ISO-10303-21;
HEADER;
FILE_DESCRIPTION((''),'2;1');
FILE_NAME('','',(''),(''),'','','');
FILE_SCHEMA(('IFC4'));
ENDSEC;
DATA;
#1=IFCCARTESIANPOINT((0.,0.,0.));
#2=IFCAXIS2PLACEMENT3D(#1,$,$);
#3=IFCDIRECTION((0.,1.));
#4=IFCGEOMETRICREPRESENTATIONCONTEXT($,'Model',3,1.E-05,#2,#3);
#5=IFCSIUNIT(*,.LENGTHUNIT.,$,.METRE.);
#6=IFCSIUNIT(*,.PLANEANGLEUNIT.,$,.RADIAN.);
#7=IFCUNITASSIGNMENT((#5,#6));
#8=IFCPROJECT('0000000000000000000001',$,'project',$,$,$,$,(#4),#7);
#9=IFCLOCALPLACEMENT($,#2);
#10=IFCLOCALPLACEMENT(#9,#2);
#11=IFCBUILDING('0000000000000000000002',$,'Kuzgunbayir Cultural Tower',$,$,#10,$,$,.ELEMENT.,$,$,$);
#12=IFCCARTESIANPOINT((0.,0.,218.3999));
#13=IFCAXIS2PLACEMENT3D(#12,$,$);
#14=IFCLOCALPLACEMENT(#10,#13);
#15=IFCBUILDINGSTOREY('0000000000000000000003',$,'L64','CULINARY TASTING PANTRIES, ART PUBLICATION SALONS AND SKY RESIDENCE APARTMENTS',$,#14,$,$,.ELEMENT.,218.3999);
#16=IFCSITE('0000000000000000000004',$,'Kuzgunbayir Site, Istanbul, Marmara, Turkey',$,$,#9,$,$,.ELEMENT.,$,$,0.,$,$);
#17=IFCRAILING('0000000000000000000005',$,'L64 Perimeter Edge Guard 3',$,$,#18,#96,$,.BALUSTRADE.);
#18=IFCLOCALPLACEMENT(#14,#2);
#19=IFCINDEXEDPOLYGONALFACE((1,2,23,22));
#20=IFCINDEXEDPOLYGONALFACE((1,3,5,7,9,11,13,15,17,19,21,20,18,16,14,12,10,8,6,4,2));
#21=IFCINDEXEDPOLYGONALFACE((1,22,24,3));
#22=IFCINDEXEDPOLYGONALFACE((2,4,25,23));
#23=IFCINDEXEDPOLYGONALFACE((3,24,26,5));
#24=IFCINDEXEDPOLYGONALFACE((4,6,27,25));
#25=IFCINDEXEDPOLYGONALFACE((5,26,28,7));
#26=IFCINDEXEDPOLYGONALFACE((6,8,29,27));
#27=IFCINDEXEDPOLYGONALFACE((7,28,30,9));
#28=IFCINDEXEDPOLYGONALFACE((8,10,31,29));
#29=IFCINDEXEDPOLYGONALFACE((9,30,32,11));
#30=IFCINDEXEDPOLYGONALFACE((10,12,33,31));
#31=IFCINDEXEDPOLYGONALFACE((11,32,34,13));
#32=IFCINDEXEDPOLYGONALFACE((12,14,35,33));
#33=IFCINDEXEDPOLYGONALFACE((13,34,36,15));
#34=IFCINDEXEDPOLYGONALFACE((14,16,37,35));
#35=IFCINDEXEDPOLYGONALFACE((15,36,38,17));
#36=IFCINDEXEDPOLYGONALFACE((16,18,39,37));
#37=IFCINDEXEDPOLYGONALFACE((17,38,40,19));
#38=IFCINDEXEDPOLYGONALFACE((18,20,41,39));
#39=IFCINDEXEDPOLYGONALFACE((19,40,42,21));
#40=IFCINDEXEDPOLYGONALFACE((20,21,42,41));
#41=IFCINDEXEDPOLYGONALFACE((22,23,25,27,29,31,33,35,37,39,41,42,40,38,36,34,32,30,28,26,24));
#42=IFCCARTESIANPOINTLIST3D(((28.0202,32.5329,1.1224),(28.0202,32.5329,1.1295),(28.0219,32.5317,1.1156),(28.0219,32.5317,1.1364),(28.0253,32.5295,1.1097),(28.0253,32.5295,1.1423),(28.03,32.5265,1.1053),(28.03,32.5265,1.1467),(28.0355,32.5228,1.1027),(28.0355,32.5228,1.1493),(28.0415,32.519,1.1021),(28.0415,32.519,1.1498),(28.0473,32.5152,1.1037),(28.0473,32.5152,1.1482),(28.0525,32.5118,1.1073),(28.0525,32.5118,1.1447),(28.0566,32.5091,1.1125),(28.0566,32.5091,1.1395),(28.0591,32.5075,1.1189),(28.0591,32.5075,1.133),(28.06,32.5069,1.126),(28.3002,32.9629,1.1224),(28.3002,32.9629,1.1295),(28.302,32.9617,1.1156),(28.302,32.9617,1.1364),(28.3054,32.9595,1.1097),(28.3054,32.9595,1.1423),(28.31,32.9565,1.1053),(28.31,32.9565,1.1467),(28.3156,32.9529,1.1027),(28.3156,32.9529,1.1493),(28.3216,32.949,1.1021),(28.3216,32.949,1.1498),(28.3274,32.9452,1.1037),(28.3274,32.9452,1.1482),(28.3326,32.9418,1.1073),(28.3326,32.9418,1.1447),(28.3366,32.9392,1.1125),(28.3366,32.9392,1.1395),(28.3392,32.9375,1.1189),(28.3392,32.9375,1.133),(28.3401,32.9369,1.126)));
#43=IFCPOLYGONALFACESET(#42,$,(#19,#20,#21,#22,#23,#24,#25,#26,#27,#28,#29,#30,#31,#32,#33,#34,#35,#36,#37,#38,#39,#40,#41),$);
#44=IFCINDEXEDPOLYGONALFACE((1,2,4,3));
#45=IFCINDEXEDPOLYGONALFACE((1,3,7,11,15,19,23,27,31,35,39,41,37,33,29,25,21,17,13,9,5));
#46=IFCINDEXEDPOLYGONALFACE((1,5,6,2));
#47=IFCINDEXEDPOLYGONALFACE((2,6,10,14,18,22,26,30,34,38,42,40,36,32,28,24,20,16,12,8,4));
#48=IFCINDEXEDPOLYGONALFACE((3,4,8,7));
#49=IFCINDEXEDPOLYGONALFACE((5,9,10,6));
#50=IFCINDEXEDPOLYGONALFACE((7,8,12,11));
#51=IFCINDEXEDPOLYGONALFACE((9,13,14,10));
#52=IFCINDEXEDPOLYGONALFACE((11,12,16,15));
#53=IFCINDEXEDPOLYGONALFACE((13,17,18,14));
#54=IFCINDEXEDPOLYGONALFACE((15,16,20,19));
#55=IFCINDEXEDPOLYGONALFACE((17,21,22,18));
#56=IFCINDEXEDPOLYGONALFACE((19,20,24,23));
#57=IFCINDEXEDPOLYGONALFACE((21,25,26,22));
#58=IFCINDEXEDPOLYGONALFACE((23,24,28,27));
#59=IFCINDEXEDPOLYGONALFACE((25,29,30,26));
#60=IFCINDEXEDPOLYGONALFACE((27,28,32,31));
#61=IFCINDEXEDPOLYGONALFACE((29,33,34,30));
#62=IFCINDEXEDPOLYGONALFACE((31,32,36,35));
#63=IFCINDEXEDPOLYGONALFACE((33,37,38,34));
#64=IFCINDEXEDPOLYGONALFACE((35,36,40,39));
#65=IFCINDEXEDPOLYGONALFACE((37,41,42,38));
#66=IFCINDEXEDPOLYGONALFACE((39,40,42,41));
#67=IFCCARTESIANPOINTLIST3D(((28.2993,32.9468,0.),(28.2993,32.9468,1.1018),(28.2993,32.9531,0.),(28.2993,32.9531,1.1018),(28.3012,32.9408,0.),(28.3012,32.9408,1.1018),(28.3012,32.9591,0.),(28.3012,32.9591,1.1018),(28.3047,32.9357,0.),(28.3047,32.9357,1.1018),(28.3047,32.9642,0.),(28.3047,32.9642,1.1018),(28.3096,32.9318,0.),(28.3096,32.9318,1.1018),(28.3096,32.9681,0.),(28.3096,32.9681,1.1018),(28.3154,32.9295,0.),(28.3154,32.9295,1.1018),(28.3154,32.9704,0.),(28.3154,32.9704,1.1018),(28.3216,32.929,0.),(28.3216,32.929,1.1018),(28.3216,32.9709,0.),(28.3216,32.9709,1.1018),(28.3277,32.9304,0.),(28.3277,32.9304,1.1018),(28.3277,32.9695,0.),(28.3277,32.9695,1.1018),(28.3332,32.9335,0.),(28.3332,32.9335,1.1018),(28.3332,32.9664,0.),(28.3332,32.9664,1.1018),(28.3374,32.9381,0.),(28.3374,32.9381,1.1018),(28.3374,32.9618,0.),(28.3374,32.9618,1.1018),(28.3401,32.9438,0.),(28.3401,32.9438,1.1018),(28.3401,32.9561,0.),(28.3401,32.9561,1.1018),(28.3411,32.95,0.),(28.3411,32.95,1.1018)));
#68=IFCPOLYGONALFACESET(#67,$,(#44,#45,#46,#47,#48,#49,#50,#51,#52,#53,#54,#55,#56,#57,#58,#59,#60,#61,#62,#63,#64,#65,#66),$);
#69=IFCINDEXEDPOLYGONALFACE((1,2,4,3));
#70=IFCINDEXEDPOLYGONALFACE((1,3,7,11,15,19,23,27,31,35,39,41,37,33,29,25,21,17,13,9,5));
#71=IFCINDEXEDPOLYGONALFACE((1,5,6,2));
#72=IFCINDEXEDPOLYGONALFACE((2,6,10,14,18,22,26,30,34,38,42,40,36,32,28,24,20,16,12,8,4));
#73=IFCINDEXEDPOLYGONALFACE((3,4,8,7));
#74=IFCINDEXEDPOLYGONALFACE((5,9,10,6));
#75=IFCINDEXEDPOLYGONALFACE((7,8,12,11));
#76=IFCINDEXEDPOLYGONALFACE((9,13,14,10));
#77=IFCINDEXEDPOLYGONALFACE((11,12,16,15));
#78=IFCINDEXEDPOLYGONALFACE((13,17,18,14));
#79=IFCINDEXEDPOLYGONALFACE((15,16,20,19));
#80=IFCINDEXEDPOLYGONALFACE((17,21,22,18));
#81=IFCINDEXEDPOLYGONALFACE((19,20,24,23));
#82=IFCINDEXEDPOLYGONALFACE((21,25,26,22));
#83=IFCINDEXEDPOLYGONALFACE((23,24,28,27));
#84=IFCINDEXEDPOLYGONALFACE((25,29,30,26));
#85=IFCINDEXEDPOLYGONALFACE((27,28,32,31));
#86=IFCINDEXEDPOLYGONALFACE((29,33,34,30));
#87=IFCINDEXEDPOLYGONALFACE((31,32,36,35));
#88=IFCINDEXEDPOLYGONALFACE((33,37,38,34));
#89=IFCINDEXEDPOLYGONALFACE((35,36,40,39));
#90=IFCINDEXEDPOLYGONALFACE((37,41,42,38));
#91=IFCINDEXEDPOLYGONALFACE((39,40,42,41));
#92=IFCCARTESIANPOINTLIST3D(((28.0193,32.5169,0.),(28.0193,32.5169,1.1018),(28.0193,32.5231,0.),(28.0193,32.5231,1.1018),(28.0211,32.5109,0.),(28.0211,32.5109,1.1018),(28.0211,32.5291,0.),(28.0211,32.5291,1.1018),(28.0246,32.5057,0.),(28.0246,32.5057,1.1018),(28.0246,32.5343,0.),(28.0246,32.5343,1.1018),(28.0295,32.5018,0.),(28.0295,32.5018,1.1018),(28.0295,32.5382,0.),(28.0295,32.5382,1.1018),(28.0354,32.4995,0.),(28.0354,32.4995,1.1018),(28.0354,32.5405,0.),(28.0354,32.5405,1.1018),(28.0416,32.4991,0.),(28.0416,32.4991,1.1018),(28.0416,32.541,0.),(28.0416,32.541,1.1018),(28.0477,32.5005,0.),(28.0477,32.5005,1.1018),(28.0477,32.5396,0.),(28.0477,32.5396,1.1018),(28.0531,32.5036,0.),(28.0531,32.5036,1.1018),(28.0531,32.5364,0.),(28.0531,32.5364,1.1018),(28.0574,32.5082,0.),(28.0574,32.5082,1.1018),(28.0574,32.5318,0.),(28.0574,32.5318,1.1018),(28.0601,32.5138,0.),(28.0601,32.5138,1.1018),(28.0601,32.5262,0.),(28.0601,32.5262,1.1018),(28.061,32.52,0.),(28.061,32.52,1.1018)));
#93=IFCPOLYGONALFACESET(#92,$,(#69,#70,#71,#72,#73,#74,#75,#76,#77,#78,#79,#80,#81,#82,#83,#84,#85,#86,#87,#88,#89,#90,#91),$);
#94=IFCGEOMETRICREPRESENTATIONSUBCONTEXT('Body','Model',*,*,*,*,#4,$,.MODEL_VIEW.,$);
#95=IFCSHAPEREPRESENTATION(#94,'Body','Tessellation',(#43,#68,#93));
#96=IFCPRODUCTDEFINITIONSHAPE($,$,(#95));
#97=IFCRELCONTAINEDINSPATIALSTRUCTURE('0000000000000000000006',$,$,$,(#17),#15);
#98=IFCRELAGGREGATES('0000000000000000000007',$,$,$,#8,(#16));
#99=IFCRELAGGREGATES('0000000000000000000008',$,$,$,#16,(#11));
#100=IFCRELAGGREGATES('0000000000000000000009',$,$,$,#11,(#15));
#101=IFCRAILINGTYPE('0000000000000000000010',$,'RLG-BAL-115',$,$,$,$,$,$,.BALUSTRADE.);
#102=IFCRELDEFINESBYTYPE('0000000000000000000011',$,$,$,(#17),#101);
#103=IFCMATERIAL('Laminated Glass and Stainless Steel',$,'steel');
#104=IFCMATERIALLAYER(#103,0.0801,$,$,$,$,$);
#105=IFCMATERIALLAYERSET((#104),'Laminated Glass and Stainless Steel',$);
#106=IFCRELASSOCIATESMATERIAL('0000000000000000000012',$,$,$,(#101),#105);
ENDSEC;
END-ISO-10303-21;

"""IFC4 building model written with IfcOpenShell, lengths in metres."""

from ifc_helpers import new_model, si_unit, direction, frame, origin, origin_2d, place, context, subcontext, project, spatial, circle, extrude, material, layer, layer_set, type_object, element, save


model = new_model("IFC4")

# Units and contexts
model_context = context("Model", 3, precision=1e-05, world=origin(), true_north=direction((0.0, 1.0)))
body_context = subcontext(model_context, "Body", "Model", "MODEL_VIEW")
ifc_project = project(units=[si_unit("LENGTHUNIT", "METRE"), si_unit("PLANEANGLEUNIT", "RADIAN")], contexts=[model_context])

# Site, building, storey
site_placement = place(None, origin())
site = spatial("IfcSite", under=ifc_project, at=site_placement, Name="Kuzgunbayir Site, Istanbul, Marmara, Turkey", CompositionType="ELEMENT", RefElevation=0.0)
building_placement = place(site_placement, origin())
building = spatial("IfcBuilding", under=site, at=building_placement, Name="Kuzgunbayir Cultural Tower", CompositionType="ELEMENT")
storey_placement = place(building_placement, frame((0.0, 0.0, 218.3999)))
storey = spatial("IfcBuildingStorey", under=building, at=storey_placement, Name="L64", Description="CULINARY TASTING PANTRIES, ART PUBLICATION SALONS AND SKY RESIDENCE APARTMENTS", CompositionType="ELEMENT", Elevation=218.3999)

# Railing
ifc_material_1 = material(Name="Laminated Glass and Stainless Steel", Category="steel")
ifc_layer_1 = layer(ifc_material_1, 0.0801)
ifc_layer_set_1 = layer_set([ifc_layer_1], Name="Laminated Glass and Stainless Steel")
railing_type_1 = type_object("IfcRailingType", Name="RLG-BAL-115", PredefinedType="BALUSTRADE", material=ifc_layer_set_1)
railing_1_placement = place(storey_placement, frame((28.3201, 32.95, 0.0)))
element("IfcRailing", 1, at=railing_1_placement, inside=storey, type_object=railing_type_1, Name="L64 Perimeter Edge Guard 3", PredefinedType="BALUSTRADE", context=body_context, shape_type="SweptSolid", body=[
    extrude(circle(Radius=0.0239, at=origin_2d()), frame((0.0, 0.0, 1.126), z_axis=(-0.545774, -0.837932, 0.0), x_axis=(0.837932, -0.545774, 0.0)), (0.0, 0.0, 1.0), 0.5132),
    extrude(circle(Radius=0.021, at=origin_2d()), origin(), (0.0, 0.0, 1.0), 1.1018),
    extrude(circle(Radius=0.021, at=origin_2d()), frame((-0.28, -0.4299, 0.0)), (0.0, 0.0, 1.0), 1.1018),
])

save(model, "model.ifc")
